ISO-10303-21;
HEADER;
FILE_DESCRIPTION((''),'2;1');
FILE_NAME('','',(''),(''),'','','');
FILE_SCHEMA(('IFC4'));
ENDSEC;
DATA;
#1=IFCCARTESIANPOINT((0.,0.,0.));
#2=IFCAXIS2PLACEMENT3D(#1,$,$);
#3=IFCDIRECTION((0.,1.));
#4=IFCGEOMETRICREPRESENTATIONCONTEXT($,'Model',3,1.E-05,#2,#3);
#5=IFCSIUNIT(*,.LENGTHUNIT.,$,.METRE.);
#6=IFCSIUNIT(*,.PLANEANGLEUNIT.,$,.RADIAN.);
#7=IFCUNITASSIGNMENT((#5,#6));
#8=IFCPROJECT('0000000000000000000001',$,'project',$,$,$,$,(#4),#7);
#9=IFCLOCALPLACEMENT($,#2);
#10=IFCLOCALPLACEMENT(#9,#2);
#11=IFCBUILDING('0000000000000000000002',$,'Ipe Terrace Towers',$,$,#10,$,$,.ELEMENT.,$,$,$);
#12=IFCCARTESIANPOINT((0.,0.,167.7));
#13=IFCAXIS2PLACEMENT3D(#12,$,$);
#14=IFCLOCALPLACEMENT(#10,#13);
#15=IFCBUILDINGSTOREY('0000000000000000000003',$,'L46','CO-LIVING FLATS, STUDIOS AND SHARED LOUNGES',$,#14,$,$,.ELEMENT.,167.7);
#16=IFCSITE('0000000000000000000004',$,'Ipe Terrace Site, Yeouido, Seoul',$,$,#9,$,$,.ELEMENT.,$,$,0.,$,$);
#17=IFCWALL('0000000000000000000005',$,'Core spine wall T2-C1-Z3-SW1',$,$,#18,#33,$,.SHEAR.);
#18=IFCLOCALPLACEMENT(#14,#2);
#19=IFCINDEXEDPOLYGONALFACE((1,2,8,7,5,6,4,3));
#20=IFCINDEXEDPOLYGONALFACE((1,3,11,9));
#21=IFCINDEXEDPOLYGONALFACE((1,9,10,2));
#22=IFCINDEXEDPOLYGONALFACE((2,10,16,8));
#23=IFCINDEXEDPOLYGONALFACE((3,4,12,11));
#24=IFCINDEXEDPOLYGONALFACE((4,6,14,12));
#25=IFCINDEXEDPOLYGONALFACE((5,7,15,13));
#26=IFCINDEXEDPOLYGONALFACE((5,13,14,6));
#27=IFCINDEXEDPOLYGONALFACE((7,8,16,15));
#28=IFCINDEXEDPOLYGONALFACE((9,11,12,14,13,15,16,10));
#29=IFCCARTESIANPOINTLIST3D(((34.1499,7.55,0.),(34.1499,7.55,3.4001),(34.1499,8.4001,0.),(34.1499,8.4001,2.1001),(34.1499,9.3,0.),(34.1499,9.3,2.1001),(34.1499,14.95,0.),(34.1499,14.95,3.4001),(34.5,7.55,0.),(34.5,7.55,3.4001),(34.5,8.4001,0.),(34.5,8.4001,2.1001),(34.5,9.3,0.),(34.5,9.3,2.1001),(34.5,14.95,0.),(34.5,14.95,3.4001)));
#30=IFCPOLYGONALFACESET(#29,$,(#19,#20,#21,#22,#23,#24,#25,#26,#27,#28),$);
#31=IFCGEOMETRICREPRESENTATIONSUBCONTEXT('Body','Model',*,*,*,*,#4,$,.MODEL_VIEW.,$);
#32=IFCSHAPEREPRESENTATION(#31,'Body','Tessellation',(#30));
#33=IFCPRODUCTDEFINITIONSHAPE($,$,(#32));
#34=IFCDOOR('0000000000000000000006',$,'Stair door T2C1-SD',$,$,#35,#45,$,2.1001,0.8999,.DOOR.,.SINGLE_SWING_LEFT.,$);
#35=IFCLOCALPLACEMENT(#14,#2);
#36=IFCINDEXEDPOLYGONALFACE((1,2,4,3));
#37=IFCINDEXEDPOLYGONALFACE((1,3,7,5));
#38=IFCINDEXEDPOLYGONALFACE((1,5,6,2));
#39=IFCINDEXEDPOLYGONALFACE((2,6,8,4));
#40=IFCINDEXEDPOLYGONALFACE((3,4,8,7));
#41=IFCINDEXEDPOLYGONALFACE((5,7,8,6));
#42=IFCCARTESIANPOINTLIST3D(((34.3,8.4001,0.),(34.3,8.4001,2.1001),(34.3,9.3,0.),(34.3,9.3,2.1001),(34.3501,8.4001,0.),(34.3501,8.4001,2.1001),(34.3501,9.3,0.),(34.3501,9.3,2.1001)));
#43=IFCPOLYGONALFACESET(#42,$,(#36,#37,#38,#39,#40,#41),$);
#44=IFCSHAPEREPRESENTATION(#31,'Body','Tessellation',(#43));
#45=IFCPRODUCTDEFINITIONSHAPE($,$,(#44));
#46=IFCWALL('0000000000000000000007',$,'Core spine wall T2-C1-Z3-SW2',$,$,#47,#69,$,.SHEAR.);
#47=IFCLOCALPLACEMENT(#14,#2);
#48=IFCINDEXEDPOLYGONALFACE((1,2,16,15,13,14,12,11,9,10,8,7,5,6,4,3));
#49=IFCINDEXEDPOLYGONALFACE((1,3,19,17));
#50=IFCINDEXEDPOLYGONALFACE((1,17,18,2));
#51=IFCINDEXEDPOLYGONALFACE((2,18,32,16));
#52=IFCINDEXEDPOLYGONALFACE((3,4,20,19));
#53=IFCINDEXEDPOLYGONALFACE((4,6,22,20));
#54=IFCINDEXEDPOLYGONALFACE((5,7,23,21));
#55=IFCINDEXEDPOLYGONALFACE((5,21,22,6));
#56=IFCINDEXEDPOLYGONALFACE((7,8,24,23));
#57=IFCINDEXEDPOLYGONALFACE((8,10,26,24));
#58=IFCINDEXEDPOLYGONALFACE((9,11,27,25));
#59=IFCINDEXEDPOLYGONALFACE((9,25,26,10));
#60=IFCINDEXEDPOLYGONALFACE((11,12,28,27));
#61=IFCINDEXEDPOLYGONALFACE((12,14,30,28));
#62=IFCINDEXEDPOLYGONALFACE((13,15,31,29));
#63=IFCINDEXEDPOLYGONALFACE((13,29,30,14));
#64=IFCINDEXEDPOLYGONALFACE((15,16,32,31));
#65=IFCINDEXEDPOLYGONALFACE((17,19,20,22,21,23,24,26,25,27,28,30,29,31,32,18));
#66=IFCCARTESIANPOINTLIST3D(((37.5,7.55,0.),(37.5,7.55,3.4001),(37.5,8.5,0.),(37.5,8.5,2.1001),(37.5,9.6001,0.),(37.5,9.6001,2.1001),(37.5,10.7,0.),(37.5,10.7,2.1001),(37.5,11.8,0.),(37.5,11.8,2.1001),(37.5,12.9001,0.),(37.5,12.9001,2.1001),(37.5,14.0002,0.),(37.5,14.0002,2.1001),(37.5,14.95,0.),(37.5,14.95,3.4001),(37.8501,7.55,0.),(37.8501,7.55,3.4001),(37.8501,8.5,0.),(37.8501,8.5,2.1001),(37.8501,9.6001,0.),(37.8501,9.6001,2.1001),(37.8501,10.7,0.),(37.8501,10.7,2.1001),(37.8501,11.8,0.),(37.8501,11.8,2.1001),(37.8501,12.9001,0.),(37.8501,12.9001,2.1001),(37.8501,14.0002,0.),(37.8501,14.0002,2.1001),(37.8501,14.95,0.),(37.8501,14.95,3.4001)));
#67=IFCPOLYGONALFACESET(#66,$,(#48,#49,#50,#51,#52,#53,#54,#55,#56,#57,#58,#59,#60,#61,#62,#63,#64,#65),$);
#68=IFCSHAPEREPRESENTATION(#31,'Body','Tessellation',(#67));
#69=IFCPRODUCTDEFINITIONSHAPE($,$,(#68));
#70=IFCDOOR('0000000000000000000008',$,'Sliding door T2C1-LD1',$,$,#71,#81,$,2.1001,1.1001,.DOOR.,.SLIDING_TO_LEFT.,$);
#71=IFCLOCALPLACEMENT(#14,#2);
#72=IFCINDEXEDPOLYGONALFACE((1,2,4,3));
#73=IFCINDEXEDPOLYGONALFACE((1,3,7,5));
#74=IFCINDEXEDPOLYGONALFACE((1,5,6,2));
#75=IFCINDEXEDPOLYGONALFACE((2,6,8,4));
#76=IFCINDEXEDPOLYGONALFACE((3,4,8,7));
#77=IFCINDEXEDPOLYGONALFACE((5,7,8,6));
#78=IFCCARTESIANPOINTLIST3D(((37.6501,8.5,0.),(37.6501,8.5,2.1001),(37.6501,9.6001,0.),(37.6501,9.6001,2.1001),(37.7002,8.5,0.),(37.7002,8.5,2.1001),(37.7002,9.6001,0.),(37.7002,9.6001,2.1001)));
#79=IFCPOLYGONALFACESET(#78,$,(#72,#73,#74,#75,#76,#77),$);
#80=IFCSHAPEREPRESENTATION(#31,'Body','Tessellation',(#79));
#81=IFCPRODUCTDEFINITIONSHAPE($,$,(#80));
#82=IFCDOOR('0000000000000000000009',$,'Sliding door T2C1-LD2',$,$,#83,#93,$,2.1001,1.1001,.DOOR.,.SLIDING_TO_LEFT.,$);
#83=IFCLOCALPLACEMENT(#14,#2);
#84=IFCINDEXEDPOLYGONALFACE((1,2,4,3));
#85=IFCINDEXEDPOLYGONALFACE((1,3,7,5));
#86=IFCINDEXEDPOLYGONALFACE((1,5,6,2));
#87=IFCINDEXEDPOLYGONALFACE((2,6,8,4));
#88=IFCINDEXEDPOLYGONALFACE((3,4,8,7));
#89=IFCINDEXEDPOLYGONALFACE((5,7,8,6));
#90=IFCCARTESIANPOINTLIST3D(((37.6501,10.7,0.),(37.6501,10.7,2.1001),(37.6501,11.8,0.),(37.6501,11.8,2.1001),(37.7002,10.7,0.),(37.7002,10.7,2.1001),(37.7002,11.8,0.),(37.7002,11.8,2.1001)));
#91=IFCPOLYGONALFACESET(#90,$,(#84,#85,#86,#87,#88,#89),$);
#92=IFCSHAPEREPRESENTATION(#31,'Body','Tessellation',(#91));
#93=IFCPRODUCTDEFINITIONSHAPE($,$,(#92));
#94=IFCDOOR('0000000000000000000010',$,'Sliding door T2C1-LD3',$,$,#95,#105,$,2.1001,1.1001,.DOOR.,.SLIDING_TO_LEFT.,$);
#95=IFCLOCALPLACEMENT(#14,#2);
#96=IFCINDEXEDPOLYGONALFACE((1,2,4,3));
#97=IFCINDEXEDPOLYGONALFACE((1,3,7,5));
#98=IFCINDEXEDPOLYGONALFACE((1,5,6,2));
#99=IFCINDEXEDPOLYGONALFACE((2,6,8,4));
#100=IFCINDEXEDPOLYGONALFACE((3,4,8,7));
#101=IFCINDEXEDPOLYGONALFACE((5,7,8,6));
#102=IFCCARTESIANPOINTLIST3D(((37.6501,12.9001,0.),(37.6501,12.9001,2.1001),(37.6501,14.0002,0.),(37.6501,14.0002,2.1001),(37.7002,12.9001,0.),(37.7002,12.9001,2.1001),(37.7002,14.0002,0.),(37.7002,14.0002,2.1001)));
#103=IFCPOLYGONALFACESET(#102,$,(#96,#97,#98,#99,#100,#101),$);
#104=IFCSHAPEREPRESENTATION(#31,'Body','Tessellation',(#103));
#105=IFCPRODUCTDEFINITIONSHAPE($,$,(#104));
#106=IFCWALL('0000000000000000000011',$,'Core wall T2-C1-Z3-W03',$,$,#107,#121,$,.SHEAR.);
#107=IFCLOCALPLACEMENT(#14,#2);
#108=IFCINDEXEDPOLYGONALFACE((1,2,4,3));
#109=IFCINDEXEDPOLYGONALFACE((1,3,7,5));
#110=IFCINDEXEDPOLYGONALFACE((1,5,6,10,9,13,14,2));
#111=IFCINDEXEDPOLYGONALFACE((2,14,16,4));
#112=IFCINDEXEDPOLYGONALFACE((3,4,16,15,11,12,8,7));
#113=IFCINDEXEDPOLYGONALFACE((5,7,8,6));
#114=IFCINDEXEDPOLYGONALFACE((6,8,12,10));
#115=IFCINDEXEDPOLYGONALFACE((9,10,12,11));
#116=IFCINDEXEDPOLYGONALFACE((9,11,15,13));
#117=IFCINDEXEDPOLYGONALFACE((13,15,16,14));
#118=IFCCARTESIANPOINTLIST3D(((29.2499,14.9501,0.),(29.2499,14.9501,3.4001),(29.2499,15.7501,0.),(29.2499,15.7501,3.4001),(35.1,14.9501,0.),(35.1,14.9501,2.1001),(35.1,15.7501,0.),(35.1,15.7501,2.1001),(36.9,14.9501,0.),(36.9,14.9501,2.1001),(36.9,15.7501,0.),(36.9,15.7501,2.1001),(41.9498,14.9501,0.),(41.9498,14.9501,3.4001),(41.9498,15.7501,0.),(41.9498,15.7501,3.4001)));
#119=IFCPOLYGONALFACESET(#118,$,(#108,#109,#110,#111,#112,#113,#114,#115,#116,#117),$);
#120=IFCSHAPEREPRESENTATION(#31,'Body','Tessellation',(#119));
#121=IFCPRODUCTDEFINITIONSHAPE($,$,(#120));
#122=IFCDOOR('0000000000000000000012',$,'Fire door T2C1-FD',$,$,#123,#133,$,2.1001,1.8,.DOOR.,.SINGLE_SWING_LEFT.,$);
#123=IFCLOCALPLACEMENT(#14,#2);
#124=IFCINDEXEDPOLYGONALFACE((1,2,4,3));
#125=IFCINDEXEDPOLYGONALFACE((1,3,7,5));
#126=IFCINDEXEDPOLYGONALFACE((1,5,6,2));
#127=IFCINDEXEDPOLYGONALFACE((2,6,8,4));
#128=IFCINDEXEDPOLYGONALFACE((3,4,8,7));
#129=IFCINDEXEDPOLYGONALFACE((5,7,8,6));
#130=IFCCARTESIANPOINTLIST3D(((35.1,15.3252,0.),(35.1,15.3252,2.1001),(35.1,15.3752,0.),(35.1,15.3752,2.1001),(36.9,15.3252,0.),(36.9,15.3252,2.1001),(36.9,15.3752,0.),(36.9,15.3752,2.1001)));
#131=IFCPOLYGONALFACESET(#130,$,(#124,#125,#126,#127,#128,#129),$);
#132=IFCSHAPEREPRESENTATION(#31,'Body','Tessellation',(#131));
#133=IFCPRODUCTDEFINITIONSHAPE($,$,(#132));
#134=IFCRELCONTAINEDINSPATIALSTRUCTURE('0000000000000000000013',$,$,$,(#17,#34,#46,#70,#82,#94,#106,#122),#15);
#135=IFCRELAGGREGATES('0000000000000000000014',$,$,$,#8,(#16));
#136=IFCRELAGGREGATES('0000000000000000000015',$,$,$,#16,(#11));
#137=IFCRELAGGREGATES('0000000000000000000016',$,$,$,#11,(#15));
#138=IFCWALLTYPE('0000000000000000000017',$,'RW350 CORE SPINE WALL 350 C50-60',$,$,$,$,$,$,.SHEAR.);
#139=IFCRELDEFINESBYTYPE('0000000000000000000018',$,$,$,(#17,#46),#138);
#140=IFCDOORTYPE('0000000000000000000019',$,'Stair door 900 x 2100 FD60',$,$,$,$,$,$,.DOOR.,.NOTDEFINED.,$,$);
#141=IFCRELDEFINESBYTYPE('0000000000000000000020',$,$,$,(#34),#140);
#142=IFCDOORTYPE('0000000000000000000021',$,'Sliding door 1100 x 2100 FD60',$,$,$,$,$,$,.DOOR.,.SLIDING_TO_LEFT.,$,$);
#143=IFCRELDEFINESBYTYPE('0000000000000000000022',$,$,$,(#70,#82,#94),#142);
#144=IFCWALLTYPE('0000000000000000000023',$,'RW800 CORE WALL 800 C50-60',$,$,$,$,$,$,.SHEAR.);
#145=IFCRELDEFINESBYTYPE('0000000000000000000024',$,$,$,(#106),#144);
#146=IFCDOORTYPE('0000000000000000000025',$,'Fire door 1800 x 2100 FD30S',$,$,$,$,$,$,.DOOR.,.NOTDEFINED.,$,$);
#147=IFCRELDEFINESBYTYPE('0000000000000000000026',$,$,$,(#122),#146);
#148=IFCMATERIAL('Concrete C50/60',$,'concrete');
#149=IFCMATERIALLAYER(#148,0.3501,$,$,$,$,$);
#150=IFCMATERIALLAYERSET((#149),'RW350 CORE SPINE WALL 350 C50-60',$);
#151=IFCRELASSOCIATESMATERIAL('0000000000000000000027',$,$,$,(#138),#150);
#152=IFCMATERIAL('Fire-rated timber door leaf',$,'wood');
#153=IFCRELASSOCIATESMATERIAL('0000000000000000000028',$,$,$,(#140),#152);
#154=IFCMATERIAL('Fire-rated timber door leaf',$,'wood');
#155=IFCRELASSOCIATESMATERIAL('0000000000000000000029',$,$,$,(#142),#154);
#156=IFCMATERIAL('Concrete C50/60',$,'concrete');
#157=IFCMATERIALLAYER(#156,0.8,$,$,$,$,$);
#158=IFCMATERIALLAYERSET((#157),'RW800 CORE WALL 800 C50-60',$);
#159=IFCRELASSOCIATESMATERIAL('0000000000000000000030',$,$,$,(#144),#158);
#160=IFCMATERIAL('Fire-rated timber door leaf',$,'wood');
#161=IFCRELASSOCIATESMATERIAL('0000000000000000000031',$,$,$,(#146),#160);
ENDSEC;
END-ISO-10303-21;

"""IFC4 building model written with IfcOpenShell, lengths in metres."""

from ifc_helpers import new_model, si_unit, direction, frame, frame_2d, origin, place, context, subcontext, project, spatial, rectangle, extrude, material, layer, layer_set, type_object, element, fill, save


model = new_model("IFC4")

# Units and contexts
model_context = context("Model", 3, precision=1e-05, world=origin(), true_north=direction((0.0, 1.0)))
body_context = subcontext(model_context, "Body", "Model", "MODEL_VIEW")
ifc_project = project(units=[si_unit("LENGTHUNIT", "METRE"), si_unit("PLANEANGLEUNIT", "RADIAN")], contexts=[model_context])

# Site, building, storey
site_placement = place(None, origin())
site = spatial("IfcSite", under=ifc_project, at=site_placement, Name="Ipe Terrace Site, Yeouido, Seoul", CompositionType="ELEMENT", RefElevation=0.0)
building_placement = place(site_placement, origin())
building = spatial("IfcBuilding", under=site, at=building_placement, Name="Ipe Terrace Towers", CompositionType="ELEMENT")
storey_placement = place(building_placement, frame((0.0, 0.0, 167.7)))
storey = spatial("IfcBuildingStorey", under=building, at=storey_placement, Name="L46", Description="CO-LIVING FLATS, STUDIOS AND SHARED LOUNGES", CompositionType="ELEMENT", Elevation=167.7)

# Wall, opening, door
ifc_material_1 = material(Name="Concrete C50/60", Category="concrete")
ifc_layer_1 = layer(ifc_material_1, 0.3501)
ifc_layer_set_1 = layer_set([ifc_layer_1], Name="RW350 CORE SPINE WALL 350 C50-60")
wall_type_1 = type_object("IfcWallType", Name="RW350 CORE SPINE WALL 350 C50-60", PredefinedType="SHEAR", material=ifc_layer_set_1)
wall_1_placement = place(storey_placement, frame((34.325, 7.55, 0.0), z_axis=(0.0, 0.0, 1.0), x_axis=(0.0, 1.0, 0.0)))
wall_1 = element("IfcWall", 1, at=wall_1_placement, inside=storey, type_object=wall_type_1, Name="Core spine wall T2-C1-Z3-SW1", PredefinedType="SHEAR", context=body_context, shape_type="SweptSolid", body=[
    extrude(rectangle(XDim=7.3999, YDim=0.3501, at=frame_2d((3.7, 0.0))), origin(), (0.0, 0.0, 1.0), 3.4001),
])
opening_1_placement = place(wall_1_placement, frame((0.8501, 0.0, 0.0)))
opening_1 = element("IfcOpeningElement", 2, at=opening_1_placement, cuts=wall_1, PredefinedType="OPENING", context=body_context, shape_type="SweptSolid", body=[
    extrude(rectangle(XDim=0.8999, YDim=2.1001, at=frame_2d((0.45, 1.05))), frame((0.0, 0.1851, 0.0), z_axis=(0.0, -1.0, 0.0), x_axis=(1.0, 0.0, 0.0)), (0.0, 0.0, 1.0), 0.3701),
])
ifc_material_2 = material(Name="Fire-rated timber door leaf", Category="wood")
door_type_1 = type_object("IfcDoorType", Name="Stair door 900 x 2100 FD60", OperationType="NOTDEFINED", PredefinedType="DOOR", material=ifc_material_2)
door_1_placement = place(opening_1_placement, origin())
door_1 = element("IfcDoor", 3, at=door_1_placement, inside=storey, type_object=door_type_1, Name="Stair door T2C1-SD", OperationType="SINGLE_SWING_LEFT", OverallHeight=2.1001, OverallWidth=0.8999, PredefinedType="DOOR", context=body_context, shape_type="SweptSolid", body=[
    extrude(rectangle(XDim=0.8999, YDim=2.1001, at=frame_2d((0.45, 1.05))), frame((0.0, 0.0249, 0.0), z_axis=(0.0, -1.0, 0.0), x_axis=(1.0, 0.0, 0.0)), (0.0, 0.0, 1.0), 0.05),
])
fill(opening_1, door_1)

# Wall, openings, doors
wall_2_placement = place(storey_placement, frame((37.675, 7.55, 0.0), z_axis=(0.0, 0.0, 1.0), x_axis=(0.0, 1.0, 0.0)))
wall_2 = element("IfcWall", 4, at=wall_2_placement, inside=storey, type_object=wall_type_1, Name="Core spine wall T2-C1-Z3-SW2", PredefinedType="SHEAR", context=body_context, shape_type="SweptSolid", body=[
    extrude(rectangle(XDim=7.3999, YDim=0.3501, at=frame_2d((3.7, 0.0))), origin(), (0.0, 0.0, 1.0), 3.4001),
])
opening_2_placement = place(wall_2_placement, frame((0.95, 0.0, 0.0)))
opening_2 = element("IfcOpeningElement", 5, at=opening_2_placement, cuts=wall_2, PredefinedType="OPENING", context=body_context, shape_type="SweptSolid", body=[
    extrude(rectangle(XDim=1.1001, YDim=2.1001, at=frame_2d((0.55, 1.05))), frame((0.0, 0.1851, 0.0), z_axis=(0.0, -1.0, 0.0), x_axis=(1.0, 0.0, 0.0)), (0.0, 0.0, 1.0), 0.3701),
])
opening_3_placement = place(wall_2_placement, frame((3.1499, 0.0, 0.0)))
opening_3 = element("IfcOpeningElement", 6, at=opening_3_placement, cuts=wall_2, PredefinedType="OPENING", context=body_context, shape_type="SweptSolid", body=[
    extrude(rectangle(XDim=1.1001, YDim=2.1001, at=frame_2d((0.55, 1.05))), frame((0.0, 0.1851, 0.0), z_axis=(0.0, -1.0, 0.0), x_axis=(1.0, 0.0, 0.0)), (0.0, 0.0, 1.0), 0.3701),
])
opening_4_placement = place(wall_2_placement, frame((5.3501, 0.0, 0.0)))
opening_4 = element("IfcOpeningElement", 7, at=opening_4_placement, cuts=wall_2, PredefinedType="OPENING", context=body_context, shape_type="SweptSolid", body=[
    extrude(rectangle(XDim=1.1001, YDim=2.1001, at=frame_2d((0.55, 1.05))), frame((0.0, 0.1851, 0.0), z_axis=(0.0, -1.0, 0.0), x_axis=(1.0, 0.0, 0.0)), (0.0, 0.0, 1.0), 0.3701),
])
ifc_material_3 = material(Name="Fire-rated timber door leaf", Category="wood")
door_type_2 = type_object("IfcDoorType", Name="Sliding door 1100 x 2100 FD60", OperationType="SLIDING_TO_LEFT", PredefinedType="DOOR", material=ifc_material_3)
door_2_placement = place(opening_2_placement, origin())
door_2 = element("IfcDoor", 8, at=door_2_placement, inside=storey, type_object=door_type_2, Name="Sliding door T2C1-LD1", OperationType="SLIDING_TO_LEFT", OverallHeight=2.1001, OverallWidth=1.1001, PredefinedType="DOOR", context=body_context, shape_type="SweptSolid", body=[
    extrude(rectangle(XDim=1.1001, YDim=2.1001, at=frame_2d((0.55, 1.05))), frame((0.0, 0.0249, 0.0), z_axis=(0.0, -1.0, 0.0), x_axis=(1.0, 0.0, 0.0)), (0.0, 0.0, 1.0), 0.05),
])
fill(opening_2, door_2)
door_3_placement = place(opening_3_placement, origin())
door_3 = element("IfcDoor", 9, at=door_3_placement, inside=storey, type_object=door_type_2, Name="Sliding door T2C1-LD2", OperationType="SLIDING_TO_LEFT", OverallHeight=2.1001, OverallWidth=1.1001, PredefinedType="DOOR", context=body_context, shape_type="SweptSolid", body=[
    extrude(rectangle(XDim=1.1001, YDim=2.1001, at=frame_2d((0.55, 1.05))), frame((0.0, 0.0249, 0.0), z_axis=(0.0, -1.0, 0.0), x_axis=(1.0, 0.0, 0.0)), (0.0, 0.0, 1.0), 0.05),
])
fill(opening_3, door_3)
door_4_placement = place(opening_4_placement, origin())
door_4 = element("IfcDoor", 10, at=door_4_placement, inside=storey, type_object=door_type_2, Name="Sliding door T2C1-LD3", OperationType="SLIDING_TO_LEFT", OverallHeight=2.1001, OverallWidth=1.1001, PredefinedType="DOOR", context=body_context, shape_type="SweptSolid", body=[
    extrude(rectangle(XDim=1.1001, YDim=2.1001, at=frame_2d((0.55, 1.05))), frame((0.0, 0.0249, 0.0), z_axis=(0.0, -1.0, 0.0), x_axis=(1.0, 0.0, 0.0)), (0.0, 0.0, 1.0), 0.05),
])
fill(opening_4, door_4)

# Wall, opening, door
ifc_material_4 = material(Name="Concrete C50/60", Category="concrete")
ifc_layer_2 = layer(ifc_material_4, 0.8)
ifc_layer_set_2 = layer_set([ifc_layer_2], Name="RW800 CORE WALL 800 C50-60")
wall_type_2 = type_object("IfcWallType", Name="RW800 CORE WALL 800 C50-60", PredefinedType="SHEAR", material=ifc_layer_set_2)
wall_3_placement = place(storey_placement, frame((41.95, 15.3501, 0.0), z_axis=(0.0, 0.0, 1.0), x_axis=(-1.0, 0.0, 0.0)))
wall_3 = element("IfcWall", 11, at=wall_3_placement, inside=storey, type_object=wall_type_2, Name="Core wall T2-C1-Z3-W03", PredefinedType="SHEAR", context=body_context, shape_type="SweptSolid", body=[
    extrude(rectangle(XDim=12.7, YDim=0.8, at=frame_2d((6.3501, 0.0))), origin(), (0.0, 0.0, 1.0), 3.4001),
])
opening_5_placement = place(wall_3_placement, frame((5.05, 0.0, 0.0)))
opening_5 = element("IfcOpeningElement", 12, at=opening_5_placement, cuts=wall_3, PredefinedType="OPENING", context=body_context, shape_type="SweptSolid", body=[
    extrude(rectangle(XDim=1.8, YDim=2.1001, at=frame_2d((0.8999, 1.05))), frame((0.0, 0.4102, 0.0), z_axis=(0.0, -1.0, 0.0), x_axis=(1.0, 0.0, 0.0)), (0.0, 0.0, 1.0), 0.8201),
])
ifc_material_5 = material(Name="Fire-rated timber door leaf", Category="wood")
door_type_3 = type_object("IfcDoorType", Name="Fire door 1800 x 2100 FD30S", OperationType="NOTDEFINED", PredefinedType="DOOR", material=ifc_material_5)
door_5_placement = place(opening_5_placement, origin())
door_5 = element("IfcDoor", 13, at=door_5_placement, inside=storey, type_object=door_type_3, Name="Fire door T2C1-FD", OperationType="SINGLE_SWING_LEFT", OverallHeight=2.1001, OverallWidth=1.8, PredefinedType="DOOR", context=body_context, shape_type="SweptSolid", body=[
    extrude(rectangle(XDim=1.8, YDim=2.1001, at=frame_2d((0.8999, 1.05))), frame((0.0, 0.0249, 0.0), z_axis=(0.0, -1.0, 0.0), x_axis=(1.0, 0.0, 0.0)), (0.0, 0.0, 1.0), 0.05),
])
fill(opening_5, door_5)

save(model, "model.ifc")
